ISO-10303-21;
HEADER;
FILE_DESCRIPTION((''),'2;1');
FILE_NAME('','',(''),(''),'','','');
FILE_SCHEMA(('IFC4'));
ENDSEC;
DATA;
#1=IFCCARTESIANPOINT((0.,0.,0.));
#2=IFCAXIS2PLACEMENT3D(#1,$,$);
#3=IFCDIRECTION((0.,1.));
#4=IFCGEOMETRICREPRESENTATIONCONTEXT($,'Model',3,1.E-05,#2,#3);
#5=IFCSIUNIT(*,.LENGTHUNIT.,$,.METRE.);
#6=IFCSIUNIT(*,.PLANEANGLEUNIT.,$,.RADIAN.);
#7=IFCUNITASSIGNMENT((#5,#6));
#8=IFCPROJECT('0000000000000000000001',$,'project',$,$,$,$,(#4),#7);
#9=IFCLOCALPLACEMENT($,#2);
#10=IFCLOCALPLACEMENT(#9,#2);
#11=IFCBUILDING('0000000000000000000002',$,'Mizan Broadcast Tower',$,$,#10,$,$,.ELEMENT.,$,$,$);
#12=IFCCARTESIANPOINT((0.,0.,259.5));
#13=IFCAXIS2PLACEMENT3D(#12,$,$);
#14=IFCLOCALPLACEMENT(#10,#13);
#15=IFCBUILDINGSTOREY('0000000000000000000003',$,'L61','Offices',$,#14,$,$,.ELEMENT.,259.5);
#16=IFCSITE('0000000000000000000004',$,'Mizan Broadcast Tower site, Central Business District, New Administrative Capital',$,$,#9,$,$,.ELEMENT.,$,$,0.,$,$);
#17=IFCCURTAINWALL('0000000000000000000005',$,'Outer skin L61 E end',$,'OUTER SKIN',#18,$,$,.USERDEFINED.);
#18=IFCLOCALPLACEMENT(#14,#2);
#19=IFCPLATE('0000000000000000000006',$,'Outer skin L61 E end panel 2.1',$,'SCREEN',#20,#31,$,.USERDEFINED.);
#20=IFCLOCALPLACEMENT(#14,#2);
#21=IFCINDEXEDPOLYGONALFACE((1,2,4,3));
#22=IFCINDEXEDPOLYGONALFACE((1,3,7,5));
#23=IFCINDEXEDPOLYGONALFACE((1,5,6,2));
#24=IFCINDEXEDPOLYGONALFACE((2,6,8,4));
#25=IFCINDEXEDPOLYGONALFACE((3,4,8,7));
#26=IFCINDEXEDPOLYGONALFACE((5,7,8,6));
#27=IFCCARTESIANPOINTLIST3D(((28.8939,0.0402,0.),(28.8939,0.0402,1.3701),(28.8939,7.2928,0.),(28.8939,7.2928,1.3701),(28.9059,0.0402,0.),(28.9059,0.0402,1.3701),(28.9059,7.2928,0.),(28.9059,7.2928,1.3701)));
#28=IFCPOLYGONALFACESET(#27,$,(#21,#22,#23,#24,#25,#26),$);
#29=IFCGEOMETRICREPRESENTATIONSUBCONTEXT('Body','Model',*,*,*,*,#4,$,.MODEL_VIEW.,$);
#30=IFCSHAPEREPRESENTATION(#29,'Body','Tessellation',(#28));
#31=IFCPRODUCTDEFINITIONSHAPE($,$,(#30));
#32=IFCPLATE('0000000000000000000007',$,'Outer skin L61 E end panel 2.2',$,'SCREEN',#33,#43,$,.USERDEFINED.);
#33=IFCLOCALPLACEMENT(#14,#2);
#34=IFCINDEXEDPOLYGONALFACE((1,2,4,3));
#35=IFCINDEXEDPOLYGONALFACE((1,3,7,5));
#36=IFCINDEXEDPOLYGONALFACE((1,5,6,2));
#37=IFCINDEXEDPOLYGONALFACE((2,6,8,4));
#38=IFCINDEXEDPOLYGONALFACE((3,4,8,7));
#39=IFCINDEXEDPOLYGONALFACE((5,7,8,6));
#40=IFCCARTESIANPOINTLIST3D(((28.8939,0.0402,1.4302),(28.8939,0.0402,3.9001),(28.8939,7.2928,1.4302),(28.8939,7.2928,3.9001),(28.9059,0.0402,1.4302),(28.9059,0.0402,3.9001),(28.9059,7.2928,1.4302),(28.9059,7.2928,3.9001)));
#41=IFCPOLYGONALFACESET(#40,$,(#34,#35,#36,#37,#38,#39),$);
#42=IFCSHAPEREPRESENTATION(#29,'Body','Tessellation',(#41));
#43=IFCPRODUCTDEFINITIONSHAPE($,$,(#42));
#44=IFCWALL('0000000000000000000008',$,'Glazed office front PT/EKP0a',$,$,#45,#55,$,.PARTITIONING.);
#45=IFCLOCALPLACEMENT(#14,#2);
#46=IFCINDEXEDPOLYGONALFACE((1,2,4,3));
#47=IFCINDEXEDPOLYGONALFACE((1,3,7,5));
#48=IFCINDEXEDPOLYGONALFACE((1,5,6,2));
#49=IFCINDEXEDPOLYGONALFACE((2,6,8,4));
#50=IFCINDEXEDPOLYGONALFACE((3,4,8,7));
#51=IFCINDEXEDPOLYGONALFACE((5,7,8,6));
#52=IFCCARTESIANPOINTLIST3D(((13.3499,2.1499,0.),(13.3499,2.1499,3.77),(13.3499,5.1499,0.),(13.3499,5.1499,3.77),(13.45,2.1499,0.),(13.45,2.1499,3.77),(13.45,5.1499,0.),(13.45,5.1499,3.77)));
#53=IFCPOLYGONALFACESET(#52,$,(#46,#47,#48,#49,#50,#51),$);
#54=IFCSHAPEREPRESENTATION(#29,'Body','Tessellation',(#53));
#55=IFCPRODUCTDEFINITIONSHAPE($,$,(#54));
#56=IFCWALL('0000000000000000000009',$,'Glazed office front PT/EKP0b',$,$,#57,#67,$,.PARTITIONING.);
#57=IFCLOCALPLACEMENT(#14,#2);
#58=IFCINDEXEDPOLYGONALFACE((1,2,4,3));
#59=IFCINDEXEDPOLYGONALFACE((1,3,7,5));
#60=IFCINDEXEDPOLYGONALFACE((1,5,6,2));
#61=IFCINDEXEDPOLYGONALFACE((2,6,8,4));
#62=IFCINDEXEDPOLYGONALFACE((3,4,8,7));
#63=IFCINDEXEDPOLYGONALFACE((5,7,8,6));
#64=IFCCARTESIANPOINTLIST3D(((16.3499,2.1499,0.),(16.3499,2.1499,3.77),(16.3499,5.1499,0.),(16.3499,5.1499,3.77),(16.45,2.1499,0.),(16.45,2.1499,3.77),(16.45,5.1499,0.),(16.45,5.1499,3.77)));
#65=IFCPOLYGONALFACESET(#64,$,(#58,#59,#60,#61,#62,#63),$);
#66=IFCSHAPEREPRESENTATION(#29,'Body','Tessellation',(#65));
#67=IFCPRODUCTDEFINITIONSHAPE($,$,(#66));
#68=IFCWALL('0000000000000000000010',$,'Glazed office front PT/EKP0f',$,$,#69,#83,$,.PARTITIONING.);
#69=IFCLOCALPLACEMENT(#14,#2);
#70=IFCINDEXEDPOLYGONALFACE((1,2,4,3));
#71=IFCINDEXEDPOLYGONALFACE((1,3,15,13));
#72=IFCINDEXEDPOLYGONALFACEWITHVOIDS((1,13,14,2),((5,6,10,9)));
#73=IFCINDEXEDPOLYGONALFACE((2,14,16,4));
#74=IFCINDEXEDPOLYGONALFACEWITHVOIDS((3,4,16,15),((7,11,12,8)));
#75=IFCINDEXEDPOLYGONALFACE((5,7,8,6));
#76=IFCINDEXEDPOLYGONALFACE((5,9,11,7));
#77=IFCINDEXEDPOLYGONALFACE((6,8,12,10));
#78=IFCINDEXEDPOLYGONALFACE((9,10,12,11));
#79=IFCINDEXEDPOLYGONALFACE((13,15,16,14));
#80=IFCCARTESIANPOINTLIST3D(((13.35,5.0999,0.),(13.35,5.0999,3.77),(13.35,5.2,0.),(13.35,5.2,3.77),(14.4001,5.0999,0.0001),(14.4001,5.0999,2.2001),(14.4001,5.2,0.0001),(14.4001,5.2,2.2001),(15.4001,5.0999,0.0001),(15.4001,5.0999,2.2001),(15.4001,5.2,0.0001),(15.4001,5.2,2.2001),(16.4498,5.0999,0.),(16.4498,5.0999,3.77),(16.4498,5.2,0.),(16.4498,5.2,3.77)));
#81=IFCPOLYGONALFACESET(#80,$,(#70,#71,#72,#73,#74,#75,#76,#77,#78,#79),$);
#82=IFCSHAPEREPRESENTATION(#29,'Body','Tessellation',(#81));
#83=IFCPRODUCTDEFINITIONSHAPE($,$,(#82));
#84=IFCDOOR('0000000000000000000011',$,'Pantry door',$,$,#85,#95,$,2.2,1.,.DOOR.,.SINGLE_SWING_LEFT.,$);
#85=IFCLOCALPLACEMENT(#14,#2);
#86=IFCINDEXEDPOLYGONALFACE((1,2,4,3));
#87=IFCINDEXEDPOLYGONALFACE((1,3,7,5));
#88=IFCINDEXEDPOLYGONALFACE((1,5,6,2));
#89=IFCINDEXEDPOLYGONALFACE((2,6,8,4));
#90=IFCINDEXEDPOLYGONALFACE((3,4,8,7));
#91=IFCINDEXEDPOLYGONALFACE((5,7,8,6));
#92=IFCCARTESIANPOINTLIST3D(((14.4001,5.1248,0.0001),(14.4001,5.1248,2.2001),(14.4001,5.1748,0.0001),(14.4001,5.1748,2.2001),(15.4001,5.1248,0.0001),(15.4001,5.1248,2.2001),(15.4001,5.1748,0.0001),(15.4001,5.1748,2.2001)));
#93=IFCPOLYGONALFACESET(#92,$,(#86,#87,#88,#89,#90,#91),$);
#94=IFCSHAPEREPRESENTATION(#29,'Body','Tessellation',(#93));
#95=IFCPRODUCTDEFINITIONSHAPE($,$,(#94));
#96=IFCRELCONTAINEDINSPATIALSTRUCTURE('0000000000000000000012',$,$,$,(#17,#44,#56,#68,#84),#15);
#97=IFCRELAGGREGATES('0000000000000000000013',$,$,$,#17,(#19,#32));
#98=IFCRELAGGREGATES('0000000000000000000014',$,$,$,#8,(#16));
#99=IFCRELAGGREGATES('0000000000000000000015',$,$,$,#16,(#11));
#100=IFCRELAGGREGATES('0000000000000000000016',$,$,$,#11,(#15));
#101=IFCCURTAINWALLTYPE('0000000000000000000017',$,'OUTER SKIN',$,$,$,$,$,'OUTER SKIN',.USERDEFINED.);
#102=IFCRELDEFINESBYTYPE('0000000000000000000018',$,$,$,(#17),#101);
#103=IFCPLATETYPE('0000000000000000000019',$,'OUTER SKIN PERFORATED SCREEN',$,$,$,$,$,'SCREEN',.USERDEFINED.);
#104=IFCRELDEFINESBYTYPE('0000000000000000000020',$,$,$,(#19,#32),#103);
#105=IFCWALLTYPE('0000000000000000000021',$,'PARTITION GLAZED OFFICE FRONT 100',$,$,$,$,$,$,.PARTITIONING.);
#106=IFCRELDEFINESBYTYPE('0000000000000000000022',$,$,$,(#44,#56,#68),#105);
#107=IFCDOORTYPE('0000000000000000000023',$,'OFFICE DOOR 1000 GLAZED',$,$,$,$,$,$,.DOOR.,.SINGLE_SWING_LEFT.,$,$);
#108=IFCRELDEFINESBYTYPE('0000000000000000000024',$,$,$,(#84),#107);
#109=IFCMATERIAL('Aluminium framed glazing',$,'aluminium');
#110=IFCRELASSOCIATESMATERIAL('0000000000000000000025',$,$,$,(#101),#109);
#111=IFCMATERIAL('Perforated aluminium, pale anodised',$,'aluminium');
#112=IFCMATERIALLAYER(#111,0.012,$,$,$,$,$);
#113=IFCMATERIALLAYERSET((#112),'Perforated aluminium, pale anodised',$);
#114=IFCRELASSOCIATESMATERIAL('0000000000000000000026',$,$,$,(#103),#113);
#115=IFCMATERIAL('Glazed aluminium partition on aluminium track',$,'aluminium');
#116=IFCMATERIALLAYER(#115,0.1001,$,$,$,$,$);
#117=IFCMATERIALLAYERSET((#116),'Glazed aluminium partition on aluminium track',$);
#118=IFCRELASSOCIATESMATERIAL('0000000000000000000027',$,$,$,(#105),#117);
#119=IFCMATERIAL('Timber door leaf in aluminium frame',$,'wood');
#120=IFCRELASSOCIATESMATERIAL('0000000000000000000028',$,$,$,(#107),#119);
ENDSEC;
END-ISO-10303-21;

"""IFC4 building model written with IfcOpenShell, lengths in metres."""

from ifc_helpers import new_model, si_unit, direction, frame, frame_2d, origin, origin_2d, place, context, subcontext, project, spatial, rectangle, extrude, material, layer, layer_set, type_object, element, fill, aggregate, save


model = new_model("IFC4")

# Units and contexts
model_context = context("Model", 3, precision=1e-05, world=origin(), true_north=direction((0.0, 1.0)))
body_context = subcontext(model_context, "Body", "Model", "MODEL_VIEW")
ifc_project = project(units=[si_unit("LENGTHUNIT", "METRE"), si_unit("PLANEANGLEUNIT", "RADIAN")], contexts=[model_context])

# Site, building, storey
site_placement = place(None, origin())
site = spatial("IfcSite", under=ifc_project, at=site_placement, Name="Mizan Broadcast Tower site, Central Business District, New Administrative Capital", CompositionType="ELEMENT", RefElevation=0.0)
building_placement = place(site_placement, origin())
building = spatial("IfcBuilding", under=site, at=building_placement, Name="Mizan Broadcast Tower", CompositionType="ELEMENT")
storey_placement = place(building_placement, frame((0.0, 0.0, 259.5)))
storey = spatial("IfcBuildingStorey", under=building, at=storey_placement, Name="L61", Description="Offices", CompositionType="ELEMENT", Elevation=259.5)

# Curtain wall
ifc_material_1 = material(Name="Aluminium framed glazing", Category="aluminium")
curtain_wall_type_1 = type_object("IfcCurtainWallType", Name="OUTER SKIN", ElementType="OUTER SKIN", PredefinedType="USERDEFINED", material=ifc_material_1)
curtain_wall_1_placement = place(storey_placement, origin())
curtain_wall_1 = element("IfcCurtainWall", 1, at=curtain_wall_1_placement, inside=storey, type_object=curtain_wall_type_1, Name="Outer skin L61 E end", ObjectType="OUTER SKIN", PredefinedType="USERDEFINED")

# Plates
ifc_material_2 = material(Name="Perforated aluminium, pale anodised", Category="aluminium")
ifc_layer_1 = layer(ifc_material_2, 0.012)
ifc_layer_set_1 = layer_set([ifc_layer_1], Name="Perforated aluminium, pale anodised")
plate_type_1 = type_object("IfcPlateType", Name="OUTER SKIN PERFORATED SCREEN", ElementType="SCREEN", PredefinedType="USERDEFINED", material=ifc_layer_set_1)
plate_1_placement = place(storey_placement, frame((28.8999, 3.6665, 0.0), z_axis=(0.0, 0.0, 1.0), x_axis=(0.0, 1.0, 0.0)))
plate_1 = element("IfcPlate", 2, at=plate_1_placement, type_object=plate_type_1, Name="Outer skin L61 E end panel 2.1", ObjectType="SCREEN", PredefinedType="USERDEFINED", context=body_context, shape_type="SweptSolid", body=[
    extrude(rectangle(XDim=7.2527, YDim=0.012, at=origin_2d()), origin(), (0.0, 0.0, 1.0), 1.3701),
])
plate_2_placement = place(storey_placement, frame((28.8999, 3.6665, 1.4302), z_axis=(0.0, 0.0, 1.0), x_axis=(0.0, 1.0, 0.0)))
plate_2 = element("IfcPlate", 3, at=plate_2_placement, type_object=plate_type_1, Name="Outer skin L61 E end panel 2.2", ObjectType="SCREEN", PredefinedType="USERDEFINED", context=body_context, shape_type="SweptSolid", body=[
    extrude(rectangle(XDim=7.2527, YDim=0.012, at=origin_2d()), origin(), (0.0, 0.0, 1.0), 2.47),
])
aggregate(curtain_wall_1, [plate_1, plate_2])

# Walls
ifc_material_3 = material(Name="Glazed aluminium partition on aluminium track", Category="aluminium")
ifc_layer_2 = layer(ifc_material_3, 0.1001)
ifc_layer_set_2 = layer_set([ifc_layer_2], Name="Glazed aluminium partition on aluminium track")
wall_type = type_object("IfcWallType", Name="PARTITION GLAZED OFFICE FRONT 100", PredefinedType="PARTITIONING", material=ifc_layer_set_2)
for number, where, z_axis, x_axis, name in (
    (4, (13.3999, 2.1499, 0.0), (0.0, 0.0, 1.0), (0.0, 1.0, 0.0), "Glazed office front PT/EKP0a"),
    (5, (16.3999, 2.1499, 0.0), (0.0, 0.0, 1.0), (0.0, 1.0, 0.0), "Glazed office front PT/EKP0b"),
):
    element("IfcWall", number, at=place(storey_placement, frame(where, z_axis=z_axis, x_axis=x_axis)), inside=storey, type_object=wall_type, Name=name, PredefinedType="PARTITIONING", context=body_context, shape_type="SweptSolid", body=[
        extrude(rectangle(XDim=3.0, YDim=0.1001, at=frame_2d((1.5, 0.0))), origin(), (0.0, 0.0, 1.0), 3.77),
    ])

# Wall, opening, door
wall_placement = place(storey_placement, frame((13.3501, 5.1499, 0.0), z_axis=(0.0, 0.0, 1.0), x_axis=(1.0, 0.0, 0.0)))
wall = element("IfcWall", 6, at=wall_placement, inside=storey, type_object=wall_type, Name="Glazed office front PT/EKP0f", PredefinedType="PARTITIONING", context=body_context, shape_type="SweptSolid", body=[
    extrude(rectangle(XDim=3.0999, YDim=0.1001, at=frame_2d((1.5498, 0.0))), origin(), (0.0, 0.0, 1.0), 3.77),
])
opening_placement = place(wall_placement, frame((1.05, 0.0, 0.0)))
opening = element("IfcOpeningElement", 7, at=opening_placement, cuts=wall, PredefinedType="OPENING", context=body_context, shape_type="SweptSolid", body=[
    extrude(rectangle(XDim=1.0, YDim=2.2, at=frame_2d((0.5, 1.1001))), frame((0.0, 0.0601, 0.0), z_axis=(0.0, -1.0, 0.0), x_axis=(1.0, 0.0, 0.0)), (0.0, 0.0, 1.0), 0.1201),
])
ifc_material_4 = material(Name="Timber door leaf in aluminium frame", Category="wood")
door_type = type_object("IfcDoorType", Name="OFFICE DOOR 1000 GLAZED", OperationType="SINGLE_SWING_LEFT", PredefinedType="DOOR", material=ifc_material_4)
door_placement = place(opening_placement, origin())
door = element("IfcDoor", 8, at=door_placement, inside=storey, type_object=door_type, Name="Pantry door", OperationType="SINGLE_SWING_LEFT", OverallHeight=2.2, OverallWidth=1.0, PredefinedType="DOOR", context=body_context, shape_type="SweptSolid", body=[
    extrude(rectangle(XDim=1.0, YDim=2.2, at=frame_2d((0.5, 1.1001))), frame((0.0, 0.0249, 0.0), z_axis=(0.0, -1.0, 0.0), x_axis=(1.0, 0.0, 0.0)), (0.0, 0.0, 1.0), 0.05),
])
fill(opening, door)

save(model, "model.ifc")
